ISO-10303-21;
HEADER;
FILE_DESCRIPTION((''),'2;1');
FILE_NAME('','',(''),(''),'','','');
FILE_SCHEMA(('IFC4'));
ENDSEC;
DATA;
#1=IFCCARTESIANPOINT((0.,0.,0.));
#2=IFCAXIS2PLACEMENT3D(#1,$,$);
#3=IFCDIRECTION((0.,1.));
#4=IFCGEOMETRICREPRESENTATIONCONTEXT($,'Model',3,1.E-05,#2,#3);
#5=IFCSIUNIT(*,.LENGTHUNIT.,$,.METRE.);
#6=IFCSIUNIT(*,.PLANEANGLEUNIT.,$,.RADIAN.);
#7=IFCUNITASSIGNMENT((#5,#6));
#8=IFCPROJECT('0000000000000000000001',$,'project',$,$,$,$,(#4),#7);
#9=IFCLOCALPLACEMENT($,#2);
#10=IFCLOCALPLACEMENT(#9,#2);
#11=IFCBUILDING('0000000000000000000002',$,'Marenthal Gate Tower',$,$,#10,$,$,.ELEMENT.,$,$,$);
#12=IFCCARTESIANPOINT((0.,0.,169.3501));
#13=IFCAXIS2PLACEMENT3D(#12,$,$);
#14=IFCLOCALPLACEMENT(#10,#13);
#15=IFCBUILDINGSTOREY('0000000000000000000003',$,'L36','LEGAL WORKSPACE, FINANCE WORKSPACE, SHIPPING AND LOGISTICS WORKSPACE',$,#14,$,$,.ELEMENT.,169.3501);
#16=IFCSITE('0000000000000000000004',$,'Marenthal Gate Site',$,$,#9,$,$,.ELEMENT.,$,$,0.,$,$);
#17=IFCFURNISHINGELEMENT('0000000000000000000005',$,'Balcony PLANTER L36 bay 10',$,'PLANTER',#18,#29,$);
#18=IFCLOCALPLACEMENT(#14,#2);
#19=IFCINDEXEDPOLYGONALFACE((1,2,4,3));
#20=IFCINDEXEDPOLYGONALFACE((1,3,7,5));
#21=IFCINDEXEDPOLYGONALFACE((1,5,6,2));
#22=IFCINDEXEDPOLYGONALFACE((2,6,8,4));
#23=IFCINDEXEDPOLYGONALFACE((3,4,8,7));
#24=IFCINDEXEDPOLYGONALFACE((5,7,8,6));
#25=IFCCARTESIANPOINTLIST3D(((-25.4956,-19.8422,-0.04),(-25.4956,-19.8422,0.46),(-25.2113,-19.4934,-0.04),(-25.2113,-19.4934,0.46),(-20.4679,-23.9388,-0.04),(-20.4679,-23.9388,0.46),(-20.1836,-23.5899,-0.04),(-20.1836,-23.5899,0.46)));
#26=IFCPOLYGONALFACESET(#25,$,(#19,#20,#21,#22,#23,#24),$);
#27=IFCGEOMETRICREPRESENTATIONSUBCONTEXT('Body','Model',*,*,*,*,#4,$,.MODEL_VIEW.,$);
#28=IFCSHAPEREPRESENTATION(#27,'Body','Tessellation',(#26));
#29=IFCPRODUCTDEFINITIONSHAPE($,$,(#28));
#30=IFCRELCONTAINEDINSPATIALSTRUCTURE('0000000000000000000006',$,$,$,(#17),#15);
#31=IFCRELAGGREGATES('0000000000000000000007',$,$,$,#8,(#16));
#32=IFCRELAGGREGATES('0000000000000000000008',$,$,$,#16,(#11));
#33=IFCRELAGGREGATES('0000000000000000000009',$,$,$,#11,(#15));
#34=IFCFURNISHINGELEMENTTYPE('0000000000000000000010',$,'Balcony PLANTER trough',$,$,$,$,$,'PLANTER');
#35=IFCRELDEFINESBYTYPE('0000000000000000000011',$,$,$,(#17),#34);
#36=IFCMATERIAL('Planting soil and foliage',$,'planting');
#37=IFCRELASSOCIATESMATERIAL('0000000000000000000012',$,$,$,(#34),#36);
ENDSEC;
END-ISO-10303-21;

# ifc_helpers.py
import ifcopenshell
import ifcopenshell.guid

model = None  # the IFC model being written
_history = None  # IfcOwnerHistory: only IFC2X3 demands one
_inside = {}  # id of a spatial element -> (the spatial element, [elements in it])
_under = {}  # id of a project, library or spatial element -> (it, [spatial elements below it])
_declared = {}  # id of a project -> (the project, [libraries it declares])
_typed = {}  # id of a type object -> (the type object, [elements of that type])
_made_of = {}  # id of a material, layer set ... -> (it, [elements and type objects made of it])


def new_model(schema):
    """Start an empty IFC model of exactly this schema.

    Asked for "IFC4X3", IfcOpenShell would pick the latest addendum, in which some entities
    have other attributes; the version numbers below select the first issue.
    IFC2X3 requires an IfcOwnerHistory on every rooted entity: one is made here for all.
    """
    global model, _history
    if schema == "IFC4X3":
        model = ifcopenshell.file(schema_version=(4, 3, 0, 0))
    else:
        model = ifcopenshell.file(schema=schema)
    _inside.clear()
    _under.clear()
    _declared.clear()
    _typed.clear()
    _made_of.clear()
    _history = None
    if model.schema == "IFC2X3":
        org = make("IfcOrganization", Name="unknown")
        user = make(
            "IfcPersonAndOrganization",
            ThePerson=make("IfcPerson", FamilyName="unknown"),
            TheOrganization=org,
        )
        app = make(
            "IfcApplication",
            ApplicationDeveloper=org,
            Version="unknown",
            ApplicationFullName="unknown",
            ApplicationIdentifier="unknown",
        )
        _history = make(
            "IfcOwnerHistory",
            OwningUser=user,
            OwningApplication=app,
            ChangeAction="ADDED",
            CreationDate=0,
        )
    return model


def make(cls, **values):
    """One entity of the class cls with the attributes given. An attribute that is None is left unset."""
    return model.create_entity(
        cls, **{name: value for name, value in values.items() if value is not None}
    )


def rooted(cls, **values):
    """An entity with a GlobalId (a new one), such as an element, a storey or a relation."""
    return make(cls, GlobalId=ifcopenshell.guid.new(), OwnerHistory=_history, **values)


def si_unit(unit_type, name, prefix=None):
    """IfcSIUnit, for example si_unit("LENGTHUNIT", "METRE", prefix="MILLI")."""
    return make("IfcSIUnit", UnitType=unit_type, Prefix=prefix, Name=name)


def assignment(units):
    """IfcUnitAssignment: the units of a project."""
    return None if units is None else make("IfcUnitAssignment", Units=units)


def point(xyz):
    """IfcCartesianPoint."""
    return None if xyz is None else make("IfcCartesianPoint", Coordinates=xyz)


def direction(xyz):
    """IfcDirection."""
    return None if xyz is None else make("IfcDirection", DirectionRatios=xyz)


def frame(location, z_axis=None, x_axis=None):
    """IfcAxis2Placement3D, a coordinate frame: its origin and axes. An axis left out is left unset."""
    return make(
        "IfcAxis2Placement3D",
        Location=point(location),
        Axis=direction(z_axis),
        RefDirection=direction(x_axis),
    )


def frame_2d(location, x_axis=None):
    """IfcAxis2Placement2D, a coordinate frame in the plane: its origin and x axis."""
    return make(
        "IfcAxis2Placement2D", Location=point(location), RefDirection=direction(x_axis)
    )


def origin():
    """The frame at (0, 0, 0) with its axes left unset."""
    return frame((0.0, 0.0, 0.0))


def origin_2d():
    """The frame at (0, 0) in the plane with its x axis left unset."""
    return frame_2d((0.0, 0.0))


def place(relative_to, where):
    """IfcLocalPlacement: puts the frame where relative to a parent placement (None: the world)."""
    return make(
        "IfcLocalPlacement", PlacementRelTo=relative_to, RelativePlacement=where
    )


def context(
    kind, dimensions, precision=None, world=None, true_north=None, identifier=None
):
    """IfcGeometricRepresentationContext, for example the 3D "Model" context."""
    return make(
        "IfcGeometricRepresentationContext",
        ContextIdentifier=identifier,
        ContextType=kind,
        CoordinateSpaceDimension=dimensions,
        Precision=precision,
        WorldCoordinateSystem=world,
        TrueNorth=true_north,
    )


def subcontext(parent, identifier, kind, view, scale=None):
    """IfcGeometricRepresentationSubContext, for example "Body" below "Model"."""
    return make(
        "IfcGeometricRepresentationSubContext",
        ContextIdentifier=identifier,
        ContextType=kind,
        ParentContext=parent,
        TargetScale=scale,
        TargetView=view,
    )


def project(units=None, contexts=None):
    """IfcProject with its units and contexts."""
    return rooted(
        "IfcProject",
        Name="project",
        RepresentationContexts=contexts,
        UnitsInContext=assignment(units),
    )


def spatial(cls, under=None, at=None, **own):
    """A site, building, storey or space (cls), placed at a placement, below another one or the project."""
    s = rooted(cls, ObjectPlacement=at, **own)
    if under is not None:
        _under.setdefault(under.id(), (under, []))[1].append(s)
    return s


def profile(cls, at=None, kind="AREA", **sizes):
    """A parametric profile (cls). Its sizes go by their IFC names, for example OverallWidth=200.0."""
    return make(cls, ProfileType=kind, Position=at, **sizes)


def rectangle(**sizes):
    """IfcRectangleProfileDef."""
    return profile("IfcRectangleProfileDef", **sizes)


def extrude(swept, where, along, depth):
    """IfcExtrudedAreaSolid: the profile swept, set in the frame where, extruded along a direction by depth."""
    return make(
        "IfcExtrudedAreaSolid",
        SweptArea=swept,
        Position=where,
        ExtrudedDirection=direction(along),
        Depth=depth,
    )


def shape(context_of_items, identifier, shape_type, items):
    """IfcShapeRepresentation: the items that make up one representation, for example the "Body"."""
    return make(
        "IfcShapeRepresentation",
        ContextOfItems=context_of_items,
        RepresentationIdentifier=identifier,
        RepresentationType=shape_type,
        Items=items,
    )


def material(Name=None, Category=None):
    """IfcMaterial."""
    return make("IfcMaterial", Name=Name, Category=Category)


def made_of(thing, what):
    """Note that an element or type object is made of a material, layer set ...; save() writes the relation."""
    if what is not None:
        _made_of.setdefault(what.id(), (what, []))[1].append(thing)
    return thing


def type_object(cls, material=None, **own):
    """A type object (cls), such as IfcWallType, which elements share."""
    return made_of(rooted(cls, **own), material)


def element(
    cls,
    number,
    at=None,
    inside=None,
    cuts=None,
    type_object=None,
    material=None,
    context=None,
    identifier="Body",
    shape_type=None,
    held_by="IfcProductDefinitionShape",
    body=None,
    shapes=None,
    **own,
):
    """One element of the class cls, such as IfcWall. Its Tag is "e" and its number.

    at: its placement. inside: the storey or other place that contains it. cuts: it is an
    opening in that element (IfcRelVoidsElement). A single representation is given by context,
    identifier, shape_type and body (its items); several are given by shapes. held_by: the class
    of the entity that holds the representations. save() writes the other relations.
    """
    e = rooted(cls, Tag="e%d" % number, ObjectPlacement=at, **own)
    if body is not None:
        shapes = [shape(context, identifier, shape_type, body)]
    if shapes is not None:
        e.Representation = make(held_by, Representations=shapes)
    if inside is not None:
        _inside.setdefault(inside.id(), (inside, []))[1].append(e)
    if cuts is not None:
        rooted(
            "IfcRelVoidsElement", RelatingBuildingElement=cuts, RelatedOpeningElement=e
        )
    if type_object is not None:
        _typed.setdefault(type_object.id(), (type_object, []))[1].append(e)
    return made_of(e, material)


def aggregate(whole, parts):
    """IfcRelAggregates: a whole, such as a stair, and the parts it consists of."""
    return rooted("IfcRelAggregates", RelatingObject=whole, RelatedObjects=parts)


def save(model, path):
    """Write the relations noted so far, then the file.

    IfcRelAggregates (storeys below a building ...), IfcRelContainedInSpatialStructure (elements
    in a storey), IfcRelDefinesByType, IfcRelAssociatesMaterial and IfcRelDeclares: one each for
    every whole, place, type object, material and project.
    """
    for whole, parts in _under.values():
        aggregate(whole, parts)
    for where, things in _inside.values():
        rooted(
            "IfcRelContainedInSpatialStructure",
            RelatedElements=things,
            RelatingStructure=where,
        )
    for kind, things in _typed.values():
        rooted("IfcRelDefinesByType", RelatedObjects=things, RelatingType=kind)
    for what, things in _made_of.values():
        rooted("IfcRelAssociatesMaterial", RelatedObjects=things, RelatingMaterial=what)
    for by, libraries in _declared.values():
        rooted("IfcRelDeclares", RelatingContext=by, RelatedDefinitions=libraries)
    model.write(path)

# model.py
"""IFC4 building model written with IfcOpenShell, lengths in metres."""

from ifc_helpers import new_model, si_unit, direction, frame, origin, origin_2d, place, context, subcontext, project, spatial, rectangle, extrude, material, type_object, element, save


model = new_model("IFC4")

# Units and contexts
model_context = context("Model", 3, precision=1e-05, world=origin(), true_north=direction((0.0, 1.0)))
body_context = subcontext(model_context, "Body", "Model", "MODEL_VIEW")
ifc_project = project(units=[si_unit("LENGTHUNIT", "METRE"), si_unit("PLANEANGLEUNIT", "RADIAN")], contexts=[model_context])

# Site, building, storey
site_placement = place(None, origin())
site = spatial("IfcSite", under=ifc_project, at=site_placement, Name="Marenthal Gate Site", CompositionType="ELEMENT", RefElevation=0.0)
building_placement = place(site_placement, origin())
building = spatial("IfcBuilding", under=site, at=building_placement, Name="Marenthal Gate Tower", CompositionType="ELEMENT")
storey_placement = place(building_placement, frame((0.0, 0.0, 169.3501)))
storey = spatial("IfcBuildingStorey", under=building, at=storey_placement, Name="L36", Description="LEGAL WORKSPACE, FINANCE WORKSPACE, SHIPPING AND LOGISTICS WORKSPACE", CompositionType="ELEMENT", Elevation=169.3501)

# Furnishing element
ifc_material_1 = material(Name="Planting soil and foliage", Category="planting")
furnishing_element_type = type_object("IfcFurnishingElementType", Name="Balcony PLANTER trough", ElementType="PLANTER", material=ifc_material_1)
furnishing_placement = place(storey_placement, frame((-22.8396, -21.7161, -0.04), z_axis=(0.0, 0.0, 1.0), x_axis=(0.77524, -0.631667, 0.0)))
element("IfcFurnishingElement", 1, at=furnishing_placement, inside=storey, type_object=furnishing_element_type, Name="Balcony PLANTER L36 bay 10", ObjectType="PLANTER", context=body_context, shape_type="SweptSolid", body=[
    extrude(rectangle(XDim=6.4854, YDim=0.45, at=origin_2d()), origin(), (0.0, 0.0, 1.0), 0.5),
])

save(model, "model.ifc")
